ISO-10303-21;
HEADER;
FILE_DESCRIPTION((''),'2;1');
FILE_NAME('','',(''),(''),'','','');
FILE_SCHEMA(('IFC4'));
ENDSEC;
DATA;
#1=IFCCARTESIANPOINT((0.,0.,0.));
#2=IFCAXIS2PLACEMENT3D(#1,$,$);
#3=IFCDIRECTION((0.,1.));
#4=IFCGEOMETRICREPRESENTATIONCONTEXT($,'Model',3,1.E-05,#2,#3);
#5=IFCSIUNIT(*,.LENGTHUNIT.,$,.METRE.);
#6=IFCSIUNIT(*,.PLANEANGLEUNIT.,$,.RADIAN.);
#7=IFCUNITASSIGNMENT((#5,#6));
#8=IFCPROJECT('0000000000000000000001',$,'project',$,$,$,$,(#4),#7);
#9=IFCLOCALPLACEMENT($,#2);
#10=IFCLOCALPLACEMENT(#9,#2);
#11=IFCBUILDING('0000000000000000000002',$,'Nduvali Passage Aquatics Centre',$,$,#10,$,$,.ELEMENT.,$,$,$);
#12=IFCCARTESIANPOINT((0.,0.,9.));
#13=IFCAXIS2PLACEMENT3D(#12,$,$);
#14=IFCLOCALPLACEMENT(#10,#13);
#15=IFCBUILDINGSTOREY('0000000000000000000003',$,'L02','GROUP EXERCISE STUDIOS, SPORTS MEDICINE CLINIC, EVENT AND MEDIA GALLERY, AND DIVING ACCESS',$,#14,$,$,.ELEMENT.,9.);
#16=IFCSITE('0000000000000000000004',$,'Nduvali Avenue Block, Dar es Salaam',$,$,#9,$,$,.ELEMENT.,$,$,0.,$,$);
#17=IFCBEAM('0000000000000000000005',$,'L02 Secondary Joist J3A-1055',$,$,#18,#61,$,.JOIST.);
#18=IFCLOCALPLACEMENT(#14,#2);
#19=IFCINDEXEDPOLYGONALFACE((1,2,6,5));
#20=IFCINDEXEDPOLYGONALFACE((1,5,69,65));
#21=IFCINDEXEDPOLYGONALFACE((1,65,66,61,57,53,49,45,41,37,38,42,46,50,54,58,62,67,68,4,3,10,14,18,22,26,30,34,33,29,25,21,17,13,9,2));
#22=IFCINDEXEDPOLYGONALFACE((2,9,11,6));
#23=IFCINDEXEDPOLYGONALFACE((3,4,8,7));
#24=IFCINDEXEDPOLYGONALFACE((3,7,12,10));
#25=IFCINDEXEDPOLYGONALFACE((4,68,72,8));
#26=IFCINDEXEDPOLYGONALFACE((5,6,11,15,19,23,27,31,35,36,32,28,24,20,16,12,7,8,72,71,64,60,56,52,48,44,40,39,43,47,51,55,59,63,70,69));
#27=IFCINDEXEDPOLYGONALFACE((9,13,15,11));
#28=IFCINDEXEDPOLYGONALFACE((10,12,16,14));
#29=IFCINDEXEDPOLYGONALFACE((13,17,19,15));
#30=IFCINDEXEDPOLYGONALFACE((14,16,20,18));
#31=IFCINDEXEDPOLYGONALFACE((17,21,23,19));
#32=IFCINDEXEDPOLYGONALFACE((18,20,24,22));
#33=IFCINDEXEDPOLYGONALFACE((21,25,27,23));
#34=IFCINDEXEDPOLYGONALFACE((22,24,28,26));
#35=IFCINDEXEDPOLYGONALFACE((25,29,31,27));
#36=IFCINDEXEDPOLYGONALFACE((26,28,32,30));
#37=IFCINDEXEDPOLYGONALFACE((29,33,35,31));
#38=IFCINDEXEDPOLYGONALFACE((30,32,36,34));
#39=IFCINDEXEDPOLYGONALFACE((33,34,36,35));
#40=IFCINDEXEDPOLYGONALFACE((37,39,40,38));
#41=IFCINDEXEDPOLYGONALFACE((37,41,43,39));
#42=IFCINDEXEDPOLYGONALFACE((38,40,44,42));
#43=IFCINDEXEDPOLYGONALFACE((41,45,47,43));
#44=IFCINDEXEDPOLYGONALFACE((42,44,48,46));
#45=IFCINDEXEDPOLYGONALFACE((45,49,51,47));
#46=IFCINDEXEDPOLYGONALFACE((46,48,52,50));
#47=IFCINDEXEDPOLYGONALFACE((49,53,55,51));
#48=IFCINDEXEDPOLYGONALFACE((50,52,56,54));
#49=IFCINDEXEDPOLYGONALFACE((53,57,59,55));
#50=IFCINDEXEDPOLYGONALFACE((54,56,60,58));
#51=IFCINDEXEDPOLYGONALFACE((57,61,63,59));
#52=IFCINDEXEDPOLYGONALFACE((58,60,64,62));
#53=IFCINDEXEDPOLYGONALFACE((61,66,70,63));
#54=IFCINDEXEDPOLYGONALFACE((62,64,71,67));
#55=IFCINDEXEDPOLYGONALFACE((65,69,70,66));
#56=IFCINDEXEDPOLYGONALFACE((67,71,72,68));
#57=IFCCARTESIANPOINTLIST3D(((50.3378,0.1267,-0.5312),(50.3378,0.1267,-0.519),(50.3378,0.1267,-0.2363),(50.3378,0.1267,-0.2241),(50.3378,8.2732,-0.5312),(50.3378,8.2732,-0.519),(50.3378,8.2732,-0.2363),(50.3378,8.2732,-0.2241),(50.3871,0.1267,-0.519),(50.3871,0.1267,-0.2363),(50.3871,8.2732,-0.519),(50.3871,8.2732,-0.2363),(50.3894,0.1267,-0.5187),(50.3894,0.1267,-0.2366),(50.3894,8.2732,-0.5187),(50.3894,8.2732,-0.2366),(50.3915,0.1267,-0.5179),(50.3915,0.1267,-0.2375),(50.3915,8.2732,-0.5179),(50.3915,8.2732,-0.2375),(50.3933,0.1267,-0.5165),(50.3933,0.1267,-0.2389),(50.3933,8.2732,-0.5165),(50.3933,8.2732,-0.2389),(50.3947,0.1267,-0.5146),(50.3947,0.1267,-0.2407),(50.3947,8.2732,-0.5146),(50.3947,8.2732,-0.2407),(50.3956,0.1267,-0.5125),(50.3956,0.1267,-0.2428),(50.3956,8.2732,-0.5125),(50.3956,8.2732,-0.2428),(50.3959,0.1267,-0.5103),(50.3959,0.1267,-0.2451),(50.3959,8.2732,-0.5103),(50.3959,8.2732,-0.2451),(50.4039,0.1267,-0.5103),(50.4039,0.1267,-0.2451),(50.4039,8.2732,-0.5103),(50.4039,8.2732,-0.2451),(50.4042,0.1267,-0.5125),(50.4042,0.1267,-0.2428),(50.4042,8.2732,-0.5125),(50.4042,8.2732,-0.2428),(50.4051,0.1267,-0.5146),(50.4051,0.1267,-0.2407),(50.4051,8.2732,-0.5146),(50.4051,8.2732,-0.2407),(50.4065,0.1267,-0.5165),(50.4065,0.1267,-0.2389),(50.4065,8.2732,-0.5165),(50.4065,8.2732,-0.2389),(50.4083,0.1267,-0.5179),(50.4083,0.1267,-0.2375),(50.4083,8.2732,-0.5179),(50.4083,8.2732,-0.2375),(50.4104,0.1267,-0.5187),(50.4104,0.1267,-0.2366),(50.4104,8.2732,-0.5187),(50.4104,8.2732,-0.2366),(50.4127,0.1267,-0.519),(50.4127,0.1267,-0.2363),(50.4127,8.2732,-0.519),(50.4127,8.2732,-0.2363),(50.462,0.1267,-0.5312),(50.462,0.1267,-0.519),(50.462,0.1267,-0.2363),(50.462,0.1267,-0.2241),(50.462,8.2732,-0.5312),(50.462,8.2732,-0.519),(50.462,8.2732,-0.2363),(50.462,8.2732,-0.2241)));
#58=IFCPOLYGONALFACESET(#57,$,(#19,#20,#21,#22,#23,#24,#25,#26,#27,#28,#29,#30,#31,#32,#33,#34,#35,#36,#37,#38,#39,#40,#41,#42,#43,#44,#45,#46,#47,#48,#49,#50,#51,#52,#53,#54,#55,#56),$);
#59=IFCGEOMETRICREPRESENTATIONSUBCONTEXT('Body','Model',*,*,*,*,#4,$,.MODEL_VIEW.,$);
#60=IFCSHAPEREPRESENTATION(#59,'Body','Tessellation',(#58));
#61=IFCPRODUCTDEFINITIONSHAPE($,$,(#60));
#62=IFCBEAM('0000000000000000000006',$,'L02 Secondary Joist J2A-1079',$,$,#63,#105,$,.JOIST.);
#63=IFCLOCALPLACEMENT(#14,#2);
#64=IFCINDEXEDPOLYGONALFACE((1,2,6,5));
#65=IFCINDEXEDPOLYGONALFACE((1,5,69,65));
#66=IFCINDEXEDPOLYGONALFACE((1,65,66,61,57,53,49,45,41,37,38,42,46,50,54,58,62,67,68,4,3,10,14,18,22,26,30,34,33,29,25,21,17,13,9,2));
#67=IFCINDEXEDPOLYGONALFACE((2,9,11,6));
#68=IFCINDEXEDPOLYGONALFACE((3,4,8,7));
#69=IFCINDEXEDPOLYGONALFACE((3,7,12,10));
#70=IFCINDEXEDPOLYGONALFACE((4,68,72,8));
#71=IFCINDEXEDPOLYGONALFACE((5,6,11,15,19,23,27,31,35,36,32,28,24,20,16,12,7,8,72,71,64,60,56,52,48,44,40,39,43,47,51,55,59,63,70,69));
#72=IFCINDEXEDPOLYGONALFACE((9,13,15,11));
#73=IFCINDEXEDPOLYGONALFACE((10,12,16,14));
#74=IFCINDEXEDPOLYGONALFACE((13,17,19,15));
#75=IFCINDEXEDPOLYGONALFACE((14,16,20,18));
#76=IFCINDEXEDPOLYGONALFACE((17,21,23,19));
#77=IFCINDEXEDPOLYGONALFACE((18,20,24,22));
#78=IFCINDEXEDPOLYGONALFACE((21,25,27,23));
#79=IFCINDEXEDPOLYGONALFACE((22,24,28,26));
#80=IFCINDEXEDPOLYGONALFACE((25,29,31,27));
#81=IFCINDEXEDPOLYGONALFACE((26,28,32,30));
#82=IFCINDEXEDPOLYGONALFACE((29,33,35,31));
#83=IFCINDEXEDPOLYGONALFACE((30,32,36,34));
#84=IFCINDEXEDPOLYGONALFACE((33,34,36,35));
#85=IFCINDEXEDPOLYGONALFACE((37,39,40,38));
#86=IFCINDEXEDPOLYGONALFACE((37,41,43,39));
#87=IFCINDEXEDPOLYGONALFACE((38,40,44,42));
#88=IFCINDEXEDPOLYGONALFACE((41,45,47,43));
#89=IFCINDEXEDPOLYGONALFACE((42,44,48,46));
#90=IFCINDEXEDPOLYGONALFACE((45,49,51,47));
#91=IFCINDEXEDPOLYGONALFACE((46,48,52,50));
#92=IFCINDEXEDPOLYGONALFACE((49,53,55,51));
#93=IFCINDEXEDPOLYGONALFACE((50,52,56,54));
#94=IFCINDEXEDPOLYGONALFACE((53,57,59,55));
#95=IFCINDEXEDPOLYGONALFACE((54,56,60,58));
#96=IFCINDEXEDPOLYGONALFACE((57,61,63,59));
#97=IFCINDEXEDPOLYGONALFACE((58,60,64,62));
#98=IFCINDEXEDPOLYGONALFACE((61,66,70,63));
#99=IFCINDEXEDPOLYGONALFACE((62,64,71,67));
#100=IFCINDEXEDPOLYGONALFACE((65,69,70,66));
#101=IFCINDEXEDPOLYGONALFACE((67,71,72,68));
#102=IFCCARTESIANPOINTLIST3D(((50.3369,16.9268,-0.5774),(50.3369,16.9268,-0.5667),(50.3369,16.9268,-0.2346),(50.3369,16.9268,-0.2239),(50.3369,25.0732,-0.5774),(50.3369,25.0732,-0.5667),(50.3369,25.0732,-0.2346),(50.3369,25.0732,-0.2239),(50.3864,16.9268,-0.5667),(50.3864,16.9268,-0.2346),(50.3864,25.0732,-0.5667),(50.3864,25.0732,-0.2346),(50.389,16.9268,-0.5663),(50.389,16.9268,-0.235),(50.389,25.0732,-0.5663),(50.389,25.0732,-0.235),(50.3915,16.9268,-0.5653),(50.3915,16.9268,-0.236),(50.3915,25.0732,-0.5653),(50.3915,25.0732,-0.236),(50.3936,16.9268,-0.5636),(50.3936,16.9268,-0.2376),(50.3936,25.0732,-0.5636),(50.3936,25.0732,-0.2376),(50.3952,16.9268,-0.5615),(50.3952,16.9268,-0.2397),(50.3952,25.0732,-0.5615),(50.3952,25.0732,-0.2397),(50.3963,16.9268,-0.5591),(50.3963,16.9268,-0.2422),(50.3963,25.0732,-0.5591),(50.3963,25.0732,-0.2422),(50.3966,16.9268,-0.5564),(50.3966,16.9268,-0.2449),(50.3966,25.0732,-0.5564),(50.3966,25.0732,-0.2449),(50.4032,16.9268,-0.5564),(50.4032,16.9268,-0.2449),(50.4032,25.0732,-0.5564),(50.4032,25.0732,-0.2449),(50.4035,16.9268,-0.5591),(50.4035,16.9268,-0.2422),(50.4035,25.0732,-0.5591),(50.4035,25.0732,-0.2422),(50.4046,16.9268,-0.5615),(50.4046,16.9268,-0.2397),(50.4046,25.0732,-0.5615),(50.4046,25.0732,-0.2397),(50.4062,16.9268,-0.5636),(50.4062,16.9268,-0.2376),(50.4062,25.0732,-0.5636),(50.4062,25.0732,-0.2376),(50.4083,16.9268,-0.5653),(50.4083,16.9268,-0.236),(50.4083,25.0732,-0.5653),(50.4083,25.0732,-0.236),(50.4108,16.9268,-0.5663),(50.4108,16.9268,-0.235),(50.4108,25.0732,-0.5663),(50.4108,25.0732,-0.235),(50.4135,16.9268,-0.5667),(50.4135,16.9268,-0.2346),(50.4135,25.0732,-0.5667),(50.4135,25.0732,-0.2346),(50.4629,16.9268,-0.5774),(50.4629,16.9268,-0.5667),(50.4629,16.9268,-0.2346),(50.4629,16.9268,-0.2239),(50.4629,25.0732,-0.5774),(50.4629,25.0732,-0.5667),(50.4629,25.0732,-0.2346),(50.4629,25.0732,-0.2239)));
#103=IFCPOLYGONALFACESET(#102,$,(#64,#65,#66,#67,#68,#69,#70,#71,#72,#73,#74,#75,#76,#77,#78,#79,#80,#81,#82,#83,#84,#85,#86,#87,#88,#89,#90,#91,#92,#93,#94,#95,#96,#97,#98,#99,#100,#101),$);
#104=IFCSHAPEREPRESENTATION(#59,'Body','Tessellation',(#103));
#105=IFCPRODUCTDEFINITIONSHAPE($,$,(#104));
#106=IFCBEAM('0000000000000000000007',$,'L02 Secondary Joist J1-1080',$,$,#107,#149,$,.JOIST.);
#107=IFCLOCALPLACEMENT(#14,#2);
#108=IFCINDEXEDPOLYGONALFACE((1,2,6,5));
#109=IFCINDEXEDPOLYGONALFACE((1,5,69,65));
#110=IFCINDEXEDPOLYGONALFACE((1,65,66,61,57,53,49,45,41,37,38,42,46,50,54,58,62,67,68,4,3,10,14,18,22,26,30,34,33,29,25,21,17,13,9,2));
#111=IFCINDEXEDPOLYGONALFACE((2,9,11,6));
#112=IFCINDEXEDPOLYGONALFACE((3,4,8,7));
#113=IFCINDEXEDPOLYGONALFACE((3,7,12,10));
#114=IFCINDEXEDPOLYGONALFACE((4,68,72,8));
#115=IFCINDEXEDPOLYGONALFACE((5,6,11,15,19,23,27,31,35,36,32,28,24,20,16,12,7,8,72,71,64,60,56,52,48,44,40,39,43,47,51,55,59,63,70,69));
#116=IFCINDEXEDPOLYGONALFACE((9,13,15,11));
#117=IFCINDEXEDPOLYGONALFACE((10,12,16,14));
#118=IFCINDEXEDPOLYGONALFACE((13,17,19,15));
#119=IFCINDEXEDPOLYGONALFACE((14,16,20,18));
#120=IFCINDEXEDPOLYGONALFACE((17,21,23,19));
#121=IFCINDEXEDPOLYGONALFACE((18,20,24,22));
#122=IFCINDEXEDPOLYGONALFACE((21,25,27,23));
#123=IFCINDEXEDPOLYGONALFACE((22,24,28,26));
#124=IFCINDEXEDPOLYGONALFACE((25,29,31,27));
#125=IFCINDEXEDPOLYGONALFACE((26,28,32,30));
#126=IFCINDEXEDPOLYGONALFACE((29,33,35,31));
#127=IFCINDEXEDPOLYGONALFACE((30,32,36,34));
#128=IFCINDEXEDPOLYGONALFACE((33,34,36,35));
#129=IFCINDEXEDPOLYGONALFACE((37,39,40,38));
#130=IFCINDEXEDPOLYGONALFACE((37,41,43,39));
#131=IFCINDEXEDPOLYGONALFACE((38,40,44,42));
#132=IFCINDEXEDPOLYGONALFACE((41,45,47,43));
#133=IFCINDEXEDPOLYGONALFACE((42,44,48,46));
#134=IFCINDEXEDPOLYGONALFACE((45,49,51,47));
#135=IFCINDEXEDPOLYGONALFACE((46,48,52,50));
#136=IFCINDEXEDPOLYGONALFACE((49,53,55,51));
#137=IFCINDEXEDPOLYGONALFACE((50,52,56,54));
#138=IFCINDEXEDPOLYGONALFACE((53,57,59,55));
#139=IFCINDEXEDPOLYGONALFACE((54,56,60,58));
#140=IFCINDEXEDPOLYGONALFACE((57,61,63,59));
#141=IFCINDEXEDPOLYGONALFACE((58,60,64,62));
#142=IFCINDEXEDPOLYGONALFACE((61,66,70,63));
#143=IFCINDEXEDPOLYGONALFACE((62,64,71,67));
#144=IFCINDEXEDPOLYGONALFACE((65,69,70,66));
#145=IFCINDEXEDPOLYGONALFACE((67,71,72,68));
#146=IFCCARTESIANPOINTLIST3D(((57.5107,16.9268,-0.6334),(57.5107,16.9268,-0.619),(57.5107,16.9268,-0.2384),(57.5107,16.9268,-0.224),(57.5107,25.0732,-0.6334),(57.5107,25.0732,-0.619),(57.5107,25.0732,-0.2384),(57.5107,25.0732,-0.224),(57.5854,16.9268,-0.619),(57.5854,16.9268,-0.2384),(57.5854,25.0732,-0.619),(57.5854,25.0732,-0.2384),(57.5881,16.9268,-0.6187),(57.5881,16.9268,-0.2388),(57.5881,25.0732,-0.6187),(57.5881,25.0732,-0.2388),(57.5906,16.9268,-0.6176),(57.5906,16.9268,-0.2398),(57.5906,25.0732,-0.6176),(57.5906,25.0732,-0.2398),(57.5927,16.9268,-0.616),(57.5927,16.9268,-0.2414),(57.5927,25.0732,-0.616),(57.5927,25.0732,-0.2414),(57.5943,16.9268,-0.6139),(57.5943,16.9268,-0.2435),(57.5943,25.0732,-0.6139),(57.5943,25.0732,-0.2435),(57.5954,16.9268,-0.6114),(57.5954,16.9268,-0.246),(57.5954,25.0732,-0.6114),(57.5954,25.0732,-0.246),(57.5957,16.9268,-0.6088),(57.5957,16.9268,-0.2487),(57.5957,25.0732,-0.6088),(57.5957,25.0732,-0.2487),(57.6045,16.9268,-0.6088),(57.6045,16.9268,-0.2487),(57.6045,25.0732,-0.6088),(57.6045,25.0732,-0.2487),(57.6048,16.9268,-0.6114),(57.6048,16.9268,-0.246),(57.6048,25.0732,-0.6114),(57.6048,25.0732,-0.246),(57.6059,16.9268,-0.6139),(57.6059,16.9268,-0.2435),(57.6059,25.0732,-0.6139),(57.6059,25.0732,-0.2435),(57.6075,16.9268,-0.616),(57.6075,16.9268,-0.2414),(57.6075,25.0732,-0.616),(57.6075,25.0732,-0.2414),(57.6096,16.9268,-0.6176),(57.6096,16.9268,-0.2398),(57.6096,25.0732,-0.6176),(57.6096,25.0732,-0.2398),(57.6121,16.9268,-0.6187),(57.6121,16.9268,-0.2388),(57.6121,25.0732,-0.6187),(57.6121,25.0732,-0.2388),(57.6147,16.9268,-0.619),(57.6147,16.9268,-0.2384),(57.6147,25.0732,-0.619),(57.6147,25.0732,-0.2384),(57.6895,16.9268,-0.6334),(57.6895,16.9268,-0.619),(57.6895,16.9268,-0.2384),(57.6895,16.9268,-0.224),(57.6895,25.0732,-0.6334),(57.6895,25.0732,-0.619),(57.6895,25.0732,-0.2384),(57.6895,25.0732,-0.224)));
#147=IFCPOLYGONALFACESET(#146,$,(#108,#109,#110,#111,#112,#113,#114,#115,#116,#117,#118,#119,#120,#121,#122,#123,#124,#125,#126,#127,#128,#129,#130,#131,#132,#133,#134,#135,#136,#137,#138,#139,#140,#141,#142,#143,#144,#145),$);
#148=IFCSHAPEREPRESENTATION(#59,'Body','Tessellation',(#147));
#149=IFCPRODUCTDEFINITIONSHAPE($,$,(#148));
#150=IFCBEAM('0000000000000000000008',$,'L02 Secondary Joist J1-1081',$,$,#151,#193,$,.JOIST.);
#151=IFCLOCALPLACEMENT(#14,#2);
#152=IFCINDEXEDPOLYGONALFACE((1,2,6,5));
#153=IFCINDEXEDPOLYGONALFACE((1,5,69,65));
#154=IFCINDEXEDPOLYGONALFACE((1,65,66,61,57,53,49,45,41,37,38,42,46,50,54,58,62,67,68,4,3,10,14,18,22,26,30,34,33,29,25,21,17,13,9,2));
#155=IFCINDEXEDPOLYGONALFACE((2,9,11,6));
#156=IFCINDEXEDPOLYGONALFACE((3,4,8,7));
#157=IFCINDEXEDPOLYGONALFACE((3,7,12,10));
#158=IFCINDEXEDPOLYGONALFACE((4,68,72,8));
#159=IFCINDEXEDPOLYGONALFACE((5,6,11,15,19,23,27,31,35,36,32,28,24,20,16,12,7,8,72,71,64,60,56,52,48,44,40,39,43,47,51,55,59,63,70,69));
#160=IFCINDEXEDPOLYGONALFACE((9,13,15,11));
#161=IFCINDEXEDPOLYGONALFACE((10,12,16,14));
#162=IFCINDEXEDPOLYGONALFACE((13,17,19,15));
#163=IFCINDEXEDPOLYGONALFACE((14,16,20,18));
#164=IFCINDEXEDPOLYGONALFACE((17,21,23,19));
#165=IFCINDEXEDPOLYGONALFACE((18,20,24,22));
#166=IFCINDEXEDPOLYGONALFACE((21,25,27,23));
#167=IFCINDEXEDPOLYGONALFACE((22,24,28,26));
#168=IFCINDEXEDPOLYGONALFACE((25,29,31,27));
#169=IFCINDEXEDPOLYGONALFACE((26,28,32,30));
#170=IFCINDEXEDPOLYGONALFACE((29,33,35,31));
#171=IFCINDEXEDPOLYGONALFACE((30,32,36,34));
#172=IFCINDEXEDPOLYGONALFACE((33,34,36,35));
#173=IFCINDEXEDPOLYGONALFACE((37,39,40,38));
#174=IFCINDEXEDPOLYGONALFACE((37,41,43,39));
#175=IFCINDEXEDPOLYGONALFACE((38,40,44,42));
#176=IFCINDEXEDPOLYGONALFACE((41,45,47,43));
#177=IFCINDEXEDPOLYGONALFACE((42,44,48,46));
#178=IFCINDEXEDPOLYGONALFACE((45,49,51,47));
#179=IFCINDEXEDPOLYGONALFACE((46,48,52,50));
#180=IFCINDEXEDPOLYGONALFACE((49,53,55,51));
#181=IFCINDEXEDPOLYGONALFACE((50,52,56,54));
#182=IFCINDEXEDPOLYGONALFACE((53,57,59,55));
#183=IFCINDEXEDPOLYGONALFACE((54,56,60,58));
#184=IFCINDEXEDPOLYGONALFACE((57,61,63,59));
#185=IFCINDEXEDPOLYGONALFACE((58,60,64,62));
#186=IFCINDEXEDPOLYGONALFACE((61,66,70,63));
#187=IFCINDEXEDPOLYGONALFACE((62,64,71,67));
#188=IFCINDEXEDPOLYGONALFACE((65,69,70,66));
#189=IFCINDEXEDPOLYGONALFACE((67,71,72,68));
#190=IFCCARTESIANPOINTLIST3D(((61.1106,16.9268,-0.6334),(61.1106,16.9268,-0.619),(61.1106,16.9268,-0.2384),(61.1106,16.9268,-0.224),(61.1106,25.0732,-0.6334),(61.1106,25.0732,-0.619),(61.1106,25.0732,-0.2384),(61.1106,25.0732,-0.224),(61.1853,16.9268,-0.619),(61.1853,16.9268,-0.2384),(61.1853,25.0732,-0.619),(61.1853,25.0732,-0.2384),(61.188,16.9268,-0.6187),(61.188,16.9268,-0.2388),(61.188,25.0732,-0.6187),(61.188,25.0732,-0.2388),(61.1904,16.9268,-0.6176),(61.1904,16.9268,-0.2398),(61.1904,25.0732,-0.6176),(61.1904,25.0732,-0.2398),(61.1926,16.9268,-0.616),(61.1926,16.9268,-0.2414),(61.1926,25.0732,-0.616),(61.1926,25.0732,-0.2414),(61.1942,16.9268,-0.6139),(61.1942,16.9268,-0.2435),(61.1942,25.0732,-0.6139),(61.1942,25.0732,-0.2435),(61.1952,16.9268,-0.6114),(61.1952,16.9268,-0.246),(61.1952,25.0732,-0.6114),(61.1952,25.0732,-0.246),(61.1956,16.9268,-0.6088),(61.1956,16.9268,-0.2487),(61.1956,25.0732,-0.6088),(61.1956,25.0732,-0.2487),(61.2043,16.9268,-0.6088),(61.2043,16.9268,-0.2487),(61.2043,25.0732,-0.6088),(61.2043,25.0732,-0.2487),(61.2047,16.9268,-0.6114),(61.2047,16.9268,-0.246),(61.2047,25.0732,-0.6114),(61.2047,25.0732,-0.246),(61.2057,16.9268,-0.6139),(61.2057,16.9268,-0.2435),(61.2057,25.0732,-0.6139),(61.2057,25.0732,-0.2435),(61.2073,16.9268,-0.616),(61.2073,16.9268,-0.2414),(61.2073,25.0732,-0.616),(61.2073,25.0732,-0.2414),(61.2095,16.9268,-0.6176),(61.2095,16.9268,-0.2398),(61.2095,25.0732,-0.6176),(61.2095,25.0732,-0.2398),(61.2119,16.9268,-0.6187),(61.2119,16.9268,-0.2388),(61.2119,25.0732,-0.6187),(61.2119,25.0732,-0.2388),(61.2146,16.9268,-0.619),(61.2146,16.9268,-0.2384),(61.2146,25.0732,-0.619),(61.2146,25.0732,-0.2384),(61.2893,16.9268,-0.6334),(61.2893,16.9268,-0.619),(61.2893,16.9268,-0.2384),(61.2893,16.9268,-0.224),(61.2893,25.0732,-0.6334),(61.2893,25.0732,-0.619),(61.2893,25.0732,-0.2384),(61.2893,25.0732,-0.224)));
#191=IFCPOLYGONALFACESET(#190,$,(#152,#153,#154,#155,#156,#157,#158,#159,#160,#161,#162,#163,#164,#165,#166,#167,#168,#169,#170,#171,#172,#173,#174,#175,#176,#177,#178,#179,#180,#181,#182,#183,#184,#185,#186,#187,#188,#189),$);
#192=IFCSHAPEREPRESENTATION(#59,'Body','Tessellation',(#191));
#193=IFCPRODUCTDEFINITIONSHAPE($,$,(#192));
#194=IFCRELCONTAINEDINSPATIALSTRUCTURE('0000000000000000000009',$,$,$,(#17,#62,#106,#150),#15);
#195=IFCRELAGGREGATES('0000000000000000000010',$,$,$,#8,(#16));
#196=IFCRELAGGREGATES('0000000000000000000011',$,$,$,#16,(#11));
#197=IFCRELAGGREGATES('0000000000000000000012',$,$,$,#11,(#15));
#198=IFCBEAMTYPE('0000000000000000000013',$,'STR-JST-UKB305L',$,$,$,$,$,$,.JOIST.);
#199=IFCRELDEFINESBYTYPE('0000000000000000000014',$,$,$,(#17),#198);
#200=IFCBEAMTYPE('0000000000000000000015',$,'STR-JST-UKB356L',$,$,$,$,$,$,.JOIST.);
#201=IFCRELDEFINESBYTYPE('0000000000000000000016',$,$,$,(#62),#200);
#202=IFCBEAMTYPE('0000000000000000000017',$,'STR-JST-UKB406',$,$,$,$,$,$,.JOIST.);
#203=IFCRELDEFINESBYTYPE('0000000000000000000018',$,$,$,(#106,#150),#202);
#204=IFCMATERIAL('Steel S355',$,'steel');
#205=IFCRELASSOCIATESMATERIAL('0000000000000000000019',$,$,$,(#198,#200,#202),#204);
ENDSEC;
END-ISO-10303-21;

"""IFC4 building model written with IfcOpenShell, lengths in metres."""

from ifc_helpers import new_model, si_unit, direction, frame, origin, origin_2d, place, context, subcontext, project, spatial, i_section, extrude, material, material_profile, profile_set, type_object, element, save


model = new_model("IFC4")

# Units and contexts
model_context = context("Model", 3, precision=1e-05, world=origin(), true_north=direction((0.0, 1.0)))
body_context = subcontext(model_context, "Body", "Model", "MODEL_VIEW")
ifc_project = project(units=[si_unit("LENGTHUNIT", "METRE"), si_unit("PLANEANGLEUNIT", "RADIAN")], contexts=[model_context])

# Site, building, storey
site_placement = place(None, origin())
site = spatial("IfcSite", under=ifc_project, at=site_placement, Name="Nduvali Avenue Block, Dar es Salaam", CompositionType="ELEMENT", RefElevation=0.0)
building_placement = place(site_placement, origin())
building = spatial("IfcBuilding", under=site, at=building_placement, Name="Nduvali Passage Aquatics Centre", CompositionType="ELEMENT")
storey_placement = place(building_placement, frame((0.0, 0.0, 9.0)))
storey = spatial("IfcBuildingStorey", under=building, at=storey_placement, Name="L02", Description="GROUP EXERCISE STUDIOS, SPORTS MEDICINE CLINIC, EVENT AND MEDIA GALLERY, AND DIVING ACCESS", CompositionType="ELEMENT", Elevation=9.0)

# Beams
ifc_material = material(Name="Steel S355", Category="steel")
ifc_material_profile_1 = material_profile(ifc_material, i_section(OverallWidth=0.1243, OverallDepth=0.3071, WebThickness=0.0081, FlangeThickness=0.0122, FilletRadius=0.0088, at=origin_2d()), Name="UKB 305x127x42")
ifc_profile_set_1 = profile_set([ifc_material_profile_1], Name="Steel S355")
beam_type_1 = type_object("IfcBeamType", Name="STR-JST-UKB305L", PredefinedType="JOIST", material=ifc_profile_set_1)
beam_1_placement = place(storey_placement, frame((50.3999, 0.1267, -0.3777), z_axis=(0.0, 1.0, 0.0), x_axis=(-1.0, 0.0, 0.0)))
element("IfcBeam", 1, at=beam_1_placement, inside=storey, type_object=beam_type_1, Name="L02 Secondary Joist J3A-1055", PredefinedType="JOIST", context=body_context, shape_type="SweptSolid", body=[
    extrude(i_section(OverallWidth=0.1243, OverallDepth=0.3071, WebThickness=0.0081, FlangeThickness=0.0122, FilletRadius=0.0088, at=origin_2d()), origin(), (0.0, 0.0, 1.0), 8.1465),
])
ifc_material_profile_2 = material_profile(ifc_material, i_section(OverallWidth=0.126, OverallDepth=0.3535, WebThickness=0.0066, FlangeThickness=0.0107, FilletRadius=0.0103, at=origin_2d()), Name="UKB 356x127x39")
ifc_profile_set_2 = profile_set([ifc_material_profile_2], Name="Steel S355")
beam_type_2 = type_object("IfcBeamType", Name="STR-JST-UKB356L", PredefinedType="JOIST", material=ifc_profile_set_2)
beam_2_placement = place(storey_placement, frame((50.3999, 16.9268, -0.4006), z_axis=(0.0, 1.0, 0.0), x_axis=(-1.0, 0.0, 0.0)))
element("IfcBeam", 2, at=beam_2_placement, inside=storey, type_object=beam_type_2, Name="L02 Secondary Joist J2A-1079", PredefinedType="JOIST", context=body_context, shape_type="SweptSolid", body=[
    extrude(i_section(OverallWidth=0.126, OverallDepth=0.3535, WebThickness=0.0066, FlangeThickness=0.0107, FilletRadius=0.0103, at=origin_2d()), origin(), (0.0, 0.0, 1.0), 8.1465),
])
ifc_material_profile_3 = material_profile(ifc_material, i_section(OverallWidth=0.1787, OverallDepth=0.4094, WebThickness=0.0088, FlangeThickness=0.0144, FilletRadius=0.0103, at=origin_2d()), Name="UKB 406x178x67")
ifc_profile_set_3 = profile_set([ifc_material_profile_3], Name="Steel S355")
beam_type_3 = type_object("IfcBeamType", Name="STR-JST-UKB406", PredefinedType="JOIST", material=ifc_profile_set_3)
for number, where, z_axis, x_axis, name in (
    (3, (57.6001, 16.9268, -0.4287), (0.0, 1.0, 0.0), (-1.0, 0.0, 0.0), "L02 Secondary Joist J1-1080"),
    (4, (61.2, 16.9268, -0.4287), (0.0, 1.0, 0.0), (-1.0, 0.0, 0.0), "L02 Secondary Joist J1-1081"),
):
    element("IfcBeam", number, at=place(storey_placement, frame(where, z_axis=z_axis, x_axis=x_axis)), inside=storey, type_object=beam_type_3, Name=name, PredefinedType="JOIST", context=body_context, shape_type="SweptSolid", body=[
        extrude(i_section(OverallWidth=0.1787, OverallDepth=0.4094, WebThickness=0.0088, FlangeThickness=0.0144, FilletRadius=0.0103, at=origin_2d()), origin(), (0.0, 0.0, 1.0), 8.1465),
    ])

save(model, "model.ifc")
